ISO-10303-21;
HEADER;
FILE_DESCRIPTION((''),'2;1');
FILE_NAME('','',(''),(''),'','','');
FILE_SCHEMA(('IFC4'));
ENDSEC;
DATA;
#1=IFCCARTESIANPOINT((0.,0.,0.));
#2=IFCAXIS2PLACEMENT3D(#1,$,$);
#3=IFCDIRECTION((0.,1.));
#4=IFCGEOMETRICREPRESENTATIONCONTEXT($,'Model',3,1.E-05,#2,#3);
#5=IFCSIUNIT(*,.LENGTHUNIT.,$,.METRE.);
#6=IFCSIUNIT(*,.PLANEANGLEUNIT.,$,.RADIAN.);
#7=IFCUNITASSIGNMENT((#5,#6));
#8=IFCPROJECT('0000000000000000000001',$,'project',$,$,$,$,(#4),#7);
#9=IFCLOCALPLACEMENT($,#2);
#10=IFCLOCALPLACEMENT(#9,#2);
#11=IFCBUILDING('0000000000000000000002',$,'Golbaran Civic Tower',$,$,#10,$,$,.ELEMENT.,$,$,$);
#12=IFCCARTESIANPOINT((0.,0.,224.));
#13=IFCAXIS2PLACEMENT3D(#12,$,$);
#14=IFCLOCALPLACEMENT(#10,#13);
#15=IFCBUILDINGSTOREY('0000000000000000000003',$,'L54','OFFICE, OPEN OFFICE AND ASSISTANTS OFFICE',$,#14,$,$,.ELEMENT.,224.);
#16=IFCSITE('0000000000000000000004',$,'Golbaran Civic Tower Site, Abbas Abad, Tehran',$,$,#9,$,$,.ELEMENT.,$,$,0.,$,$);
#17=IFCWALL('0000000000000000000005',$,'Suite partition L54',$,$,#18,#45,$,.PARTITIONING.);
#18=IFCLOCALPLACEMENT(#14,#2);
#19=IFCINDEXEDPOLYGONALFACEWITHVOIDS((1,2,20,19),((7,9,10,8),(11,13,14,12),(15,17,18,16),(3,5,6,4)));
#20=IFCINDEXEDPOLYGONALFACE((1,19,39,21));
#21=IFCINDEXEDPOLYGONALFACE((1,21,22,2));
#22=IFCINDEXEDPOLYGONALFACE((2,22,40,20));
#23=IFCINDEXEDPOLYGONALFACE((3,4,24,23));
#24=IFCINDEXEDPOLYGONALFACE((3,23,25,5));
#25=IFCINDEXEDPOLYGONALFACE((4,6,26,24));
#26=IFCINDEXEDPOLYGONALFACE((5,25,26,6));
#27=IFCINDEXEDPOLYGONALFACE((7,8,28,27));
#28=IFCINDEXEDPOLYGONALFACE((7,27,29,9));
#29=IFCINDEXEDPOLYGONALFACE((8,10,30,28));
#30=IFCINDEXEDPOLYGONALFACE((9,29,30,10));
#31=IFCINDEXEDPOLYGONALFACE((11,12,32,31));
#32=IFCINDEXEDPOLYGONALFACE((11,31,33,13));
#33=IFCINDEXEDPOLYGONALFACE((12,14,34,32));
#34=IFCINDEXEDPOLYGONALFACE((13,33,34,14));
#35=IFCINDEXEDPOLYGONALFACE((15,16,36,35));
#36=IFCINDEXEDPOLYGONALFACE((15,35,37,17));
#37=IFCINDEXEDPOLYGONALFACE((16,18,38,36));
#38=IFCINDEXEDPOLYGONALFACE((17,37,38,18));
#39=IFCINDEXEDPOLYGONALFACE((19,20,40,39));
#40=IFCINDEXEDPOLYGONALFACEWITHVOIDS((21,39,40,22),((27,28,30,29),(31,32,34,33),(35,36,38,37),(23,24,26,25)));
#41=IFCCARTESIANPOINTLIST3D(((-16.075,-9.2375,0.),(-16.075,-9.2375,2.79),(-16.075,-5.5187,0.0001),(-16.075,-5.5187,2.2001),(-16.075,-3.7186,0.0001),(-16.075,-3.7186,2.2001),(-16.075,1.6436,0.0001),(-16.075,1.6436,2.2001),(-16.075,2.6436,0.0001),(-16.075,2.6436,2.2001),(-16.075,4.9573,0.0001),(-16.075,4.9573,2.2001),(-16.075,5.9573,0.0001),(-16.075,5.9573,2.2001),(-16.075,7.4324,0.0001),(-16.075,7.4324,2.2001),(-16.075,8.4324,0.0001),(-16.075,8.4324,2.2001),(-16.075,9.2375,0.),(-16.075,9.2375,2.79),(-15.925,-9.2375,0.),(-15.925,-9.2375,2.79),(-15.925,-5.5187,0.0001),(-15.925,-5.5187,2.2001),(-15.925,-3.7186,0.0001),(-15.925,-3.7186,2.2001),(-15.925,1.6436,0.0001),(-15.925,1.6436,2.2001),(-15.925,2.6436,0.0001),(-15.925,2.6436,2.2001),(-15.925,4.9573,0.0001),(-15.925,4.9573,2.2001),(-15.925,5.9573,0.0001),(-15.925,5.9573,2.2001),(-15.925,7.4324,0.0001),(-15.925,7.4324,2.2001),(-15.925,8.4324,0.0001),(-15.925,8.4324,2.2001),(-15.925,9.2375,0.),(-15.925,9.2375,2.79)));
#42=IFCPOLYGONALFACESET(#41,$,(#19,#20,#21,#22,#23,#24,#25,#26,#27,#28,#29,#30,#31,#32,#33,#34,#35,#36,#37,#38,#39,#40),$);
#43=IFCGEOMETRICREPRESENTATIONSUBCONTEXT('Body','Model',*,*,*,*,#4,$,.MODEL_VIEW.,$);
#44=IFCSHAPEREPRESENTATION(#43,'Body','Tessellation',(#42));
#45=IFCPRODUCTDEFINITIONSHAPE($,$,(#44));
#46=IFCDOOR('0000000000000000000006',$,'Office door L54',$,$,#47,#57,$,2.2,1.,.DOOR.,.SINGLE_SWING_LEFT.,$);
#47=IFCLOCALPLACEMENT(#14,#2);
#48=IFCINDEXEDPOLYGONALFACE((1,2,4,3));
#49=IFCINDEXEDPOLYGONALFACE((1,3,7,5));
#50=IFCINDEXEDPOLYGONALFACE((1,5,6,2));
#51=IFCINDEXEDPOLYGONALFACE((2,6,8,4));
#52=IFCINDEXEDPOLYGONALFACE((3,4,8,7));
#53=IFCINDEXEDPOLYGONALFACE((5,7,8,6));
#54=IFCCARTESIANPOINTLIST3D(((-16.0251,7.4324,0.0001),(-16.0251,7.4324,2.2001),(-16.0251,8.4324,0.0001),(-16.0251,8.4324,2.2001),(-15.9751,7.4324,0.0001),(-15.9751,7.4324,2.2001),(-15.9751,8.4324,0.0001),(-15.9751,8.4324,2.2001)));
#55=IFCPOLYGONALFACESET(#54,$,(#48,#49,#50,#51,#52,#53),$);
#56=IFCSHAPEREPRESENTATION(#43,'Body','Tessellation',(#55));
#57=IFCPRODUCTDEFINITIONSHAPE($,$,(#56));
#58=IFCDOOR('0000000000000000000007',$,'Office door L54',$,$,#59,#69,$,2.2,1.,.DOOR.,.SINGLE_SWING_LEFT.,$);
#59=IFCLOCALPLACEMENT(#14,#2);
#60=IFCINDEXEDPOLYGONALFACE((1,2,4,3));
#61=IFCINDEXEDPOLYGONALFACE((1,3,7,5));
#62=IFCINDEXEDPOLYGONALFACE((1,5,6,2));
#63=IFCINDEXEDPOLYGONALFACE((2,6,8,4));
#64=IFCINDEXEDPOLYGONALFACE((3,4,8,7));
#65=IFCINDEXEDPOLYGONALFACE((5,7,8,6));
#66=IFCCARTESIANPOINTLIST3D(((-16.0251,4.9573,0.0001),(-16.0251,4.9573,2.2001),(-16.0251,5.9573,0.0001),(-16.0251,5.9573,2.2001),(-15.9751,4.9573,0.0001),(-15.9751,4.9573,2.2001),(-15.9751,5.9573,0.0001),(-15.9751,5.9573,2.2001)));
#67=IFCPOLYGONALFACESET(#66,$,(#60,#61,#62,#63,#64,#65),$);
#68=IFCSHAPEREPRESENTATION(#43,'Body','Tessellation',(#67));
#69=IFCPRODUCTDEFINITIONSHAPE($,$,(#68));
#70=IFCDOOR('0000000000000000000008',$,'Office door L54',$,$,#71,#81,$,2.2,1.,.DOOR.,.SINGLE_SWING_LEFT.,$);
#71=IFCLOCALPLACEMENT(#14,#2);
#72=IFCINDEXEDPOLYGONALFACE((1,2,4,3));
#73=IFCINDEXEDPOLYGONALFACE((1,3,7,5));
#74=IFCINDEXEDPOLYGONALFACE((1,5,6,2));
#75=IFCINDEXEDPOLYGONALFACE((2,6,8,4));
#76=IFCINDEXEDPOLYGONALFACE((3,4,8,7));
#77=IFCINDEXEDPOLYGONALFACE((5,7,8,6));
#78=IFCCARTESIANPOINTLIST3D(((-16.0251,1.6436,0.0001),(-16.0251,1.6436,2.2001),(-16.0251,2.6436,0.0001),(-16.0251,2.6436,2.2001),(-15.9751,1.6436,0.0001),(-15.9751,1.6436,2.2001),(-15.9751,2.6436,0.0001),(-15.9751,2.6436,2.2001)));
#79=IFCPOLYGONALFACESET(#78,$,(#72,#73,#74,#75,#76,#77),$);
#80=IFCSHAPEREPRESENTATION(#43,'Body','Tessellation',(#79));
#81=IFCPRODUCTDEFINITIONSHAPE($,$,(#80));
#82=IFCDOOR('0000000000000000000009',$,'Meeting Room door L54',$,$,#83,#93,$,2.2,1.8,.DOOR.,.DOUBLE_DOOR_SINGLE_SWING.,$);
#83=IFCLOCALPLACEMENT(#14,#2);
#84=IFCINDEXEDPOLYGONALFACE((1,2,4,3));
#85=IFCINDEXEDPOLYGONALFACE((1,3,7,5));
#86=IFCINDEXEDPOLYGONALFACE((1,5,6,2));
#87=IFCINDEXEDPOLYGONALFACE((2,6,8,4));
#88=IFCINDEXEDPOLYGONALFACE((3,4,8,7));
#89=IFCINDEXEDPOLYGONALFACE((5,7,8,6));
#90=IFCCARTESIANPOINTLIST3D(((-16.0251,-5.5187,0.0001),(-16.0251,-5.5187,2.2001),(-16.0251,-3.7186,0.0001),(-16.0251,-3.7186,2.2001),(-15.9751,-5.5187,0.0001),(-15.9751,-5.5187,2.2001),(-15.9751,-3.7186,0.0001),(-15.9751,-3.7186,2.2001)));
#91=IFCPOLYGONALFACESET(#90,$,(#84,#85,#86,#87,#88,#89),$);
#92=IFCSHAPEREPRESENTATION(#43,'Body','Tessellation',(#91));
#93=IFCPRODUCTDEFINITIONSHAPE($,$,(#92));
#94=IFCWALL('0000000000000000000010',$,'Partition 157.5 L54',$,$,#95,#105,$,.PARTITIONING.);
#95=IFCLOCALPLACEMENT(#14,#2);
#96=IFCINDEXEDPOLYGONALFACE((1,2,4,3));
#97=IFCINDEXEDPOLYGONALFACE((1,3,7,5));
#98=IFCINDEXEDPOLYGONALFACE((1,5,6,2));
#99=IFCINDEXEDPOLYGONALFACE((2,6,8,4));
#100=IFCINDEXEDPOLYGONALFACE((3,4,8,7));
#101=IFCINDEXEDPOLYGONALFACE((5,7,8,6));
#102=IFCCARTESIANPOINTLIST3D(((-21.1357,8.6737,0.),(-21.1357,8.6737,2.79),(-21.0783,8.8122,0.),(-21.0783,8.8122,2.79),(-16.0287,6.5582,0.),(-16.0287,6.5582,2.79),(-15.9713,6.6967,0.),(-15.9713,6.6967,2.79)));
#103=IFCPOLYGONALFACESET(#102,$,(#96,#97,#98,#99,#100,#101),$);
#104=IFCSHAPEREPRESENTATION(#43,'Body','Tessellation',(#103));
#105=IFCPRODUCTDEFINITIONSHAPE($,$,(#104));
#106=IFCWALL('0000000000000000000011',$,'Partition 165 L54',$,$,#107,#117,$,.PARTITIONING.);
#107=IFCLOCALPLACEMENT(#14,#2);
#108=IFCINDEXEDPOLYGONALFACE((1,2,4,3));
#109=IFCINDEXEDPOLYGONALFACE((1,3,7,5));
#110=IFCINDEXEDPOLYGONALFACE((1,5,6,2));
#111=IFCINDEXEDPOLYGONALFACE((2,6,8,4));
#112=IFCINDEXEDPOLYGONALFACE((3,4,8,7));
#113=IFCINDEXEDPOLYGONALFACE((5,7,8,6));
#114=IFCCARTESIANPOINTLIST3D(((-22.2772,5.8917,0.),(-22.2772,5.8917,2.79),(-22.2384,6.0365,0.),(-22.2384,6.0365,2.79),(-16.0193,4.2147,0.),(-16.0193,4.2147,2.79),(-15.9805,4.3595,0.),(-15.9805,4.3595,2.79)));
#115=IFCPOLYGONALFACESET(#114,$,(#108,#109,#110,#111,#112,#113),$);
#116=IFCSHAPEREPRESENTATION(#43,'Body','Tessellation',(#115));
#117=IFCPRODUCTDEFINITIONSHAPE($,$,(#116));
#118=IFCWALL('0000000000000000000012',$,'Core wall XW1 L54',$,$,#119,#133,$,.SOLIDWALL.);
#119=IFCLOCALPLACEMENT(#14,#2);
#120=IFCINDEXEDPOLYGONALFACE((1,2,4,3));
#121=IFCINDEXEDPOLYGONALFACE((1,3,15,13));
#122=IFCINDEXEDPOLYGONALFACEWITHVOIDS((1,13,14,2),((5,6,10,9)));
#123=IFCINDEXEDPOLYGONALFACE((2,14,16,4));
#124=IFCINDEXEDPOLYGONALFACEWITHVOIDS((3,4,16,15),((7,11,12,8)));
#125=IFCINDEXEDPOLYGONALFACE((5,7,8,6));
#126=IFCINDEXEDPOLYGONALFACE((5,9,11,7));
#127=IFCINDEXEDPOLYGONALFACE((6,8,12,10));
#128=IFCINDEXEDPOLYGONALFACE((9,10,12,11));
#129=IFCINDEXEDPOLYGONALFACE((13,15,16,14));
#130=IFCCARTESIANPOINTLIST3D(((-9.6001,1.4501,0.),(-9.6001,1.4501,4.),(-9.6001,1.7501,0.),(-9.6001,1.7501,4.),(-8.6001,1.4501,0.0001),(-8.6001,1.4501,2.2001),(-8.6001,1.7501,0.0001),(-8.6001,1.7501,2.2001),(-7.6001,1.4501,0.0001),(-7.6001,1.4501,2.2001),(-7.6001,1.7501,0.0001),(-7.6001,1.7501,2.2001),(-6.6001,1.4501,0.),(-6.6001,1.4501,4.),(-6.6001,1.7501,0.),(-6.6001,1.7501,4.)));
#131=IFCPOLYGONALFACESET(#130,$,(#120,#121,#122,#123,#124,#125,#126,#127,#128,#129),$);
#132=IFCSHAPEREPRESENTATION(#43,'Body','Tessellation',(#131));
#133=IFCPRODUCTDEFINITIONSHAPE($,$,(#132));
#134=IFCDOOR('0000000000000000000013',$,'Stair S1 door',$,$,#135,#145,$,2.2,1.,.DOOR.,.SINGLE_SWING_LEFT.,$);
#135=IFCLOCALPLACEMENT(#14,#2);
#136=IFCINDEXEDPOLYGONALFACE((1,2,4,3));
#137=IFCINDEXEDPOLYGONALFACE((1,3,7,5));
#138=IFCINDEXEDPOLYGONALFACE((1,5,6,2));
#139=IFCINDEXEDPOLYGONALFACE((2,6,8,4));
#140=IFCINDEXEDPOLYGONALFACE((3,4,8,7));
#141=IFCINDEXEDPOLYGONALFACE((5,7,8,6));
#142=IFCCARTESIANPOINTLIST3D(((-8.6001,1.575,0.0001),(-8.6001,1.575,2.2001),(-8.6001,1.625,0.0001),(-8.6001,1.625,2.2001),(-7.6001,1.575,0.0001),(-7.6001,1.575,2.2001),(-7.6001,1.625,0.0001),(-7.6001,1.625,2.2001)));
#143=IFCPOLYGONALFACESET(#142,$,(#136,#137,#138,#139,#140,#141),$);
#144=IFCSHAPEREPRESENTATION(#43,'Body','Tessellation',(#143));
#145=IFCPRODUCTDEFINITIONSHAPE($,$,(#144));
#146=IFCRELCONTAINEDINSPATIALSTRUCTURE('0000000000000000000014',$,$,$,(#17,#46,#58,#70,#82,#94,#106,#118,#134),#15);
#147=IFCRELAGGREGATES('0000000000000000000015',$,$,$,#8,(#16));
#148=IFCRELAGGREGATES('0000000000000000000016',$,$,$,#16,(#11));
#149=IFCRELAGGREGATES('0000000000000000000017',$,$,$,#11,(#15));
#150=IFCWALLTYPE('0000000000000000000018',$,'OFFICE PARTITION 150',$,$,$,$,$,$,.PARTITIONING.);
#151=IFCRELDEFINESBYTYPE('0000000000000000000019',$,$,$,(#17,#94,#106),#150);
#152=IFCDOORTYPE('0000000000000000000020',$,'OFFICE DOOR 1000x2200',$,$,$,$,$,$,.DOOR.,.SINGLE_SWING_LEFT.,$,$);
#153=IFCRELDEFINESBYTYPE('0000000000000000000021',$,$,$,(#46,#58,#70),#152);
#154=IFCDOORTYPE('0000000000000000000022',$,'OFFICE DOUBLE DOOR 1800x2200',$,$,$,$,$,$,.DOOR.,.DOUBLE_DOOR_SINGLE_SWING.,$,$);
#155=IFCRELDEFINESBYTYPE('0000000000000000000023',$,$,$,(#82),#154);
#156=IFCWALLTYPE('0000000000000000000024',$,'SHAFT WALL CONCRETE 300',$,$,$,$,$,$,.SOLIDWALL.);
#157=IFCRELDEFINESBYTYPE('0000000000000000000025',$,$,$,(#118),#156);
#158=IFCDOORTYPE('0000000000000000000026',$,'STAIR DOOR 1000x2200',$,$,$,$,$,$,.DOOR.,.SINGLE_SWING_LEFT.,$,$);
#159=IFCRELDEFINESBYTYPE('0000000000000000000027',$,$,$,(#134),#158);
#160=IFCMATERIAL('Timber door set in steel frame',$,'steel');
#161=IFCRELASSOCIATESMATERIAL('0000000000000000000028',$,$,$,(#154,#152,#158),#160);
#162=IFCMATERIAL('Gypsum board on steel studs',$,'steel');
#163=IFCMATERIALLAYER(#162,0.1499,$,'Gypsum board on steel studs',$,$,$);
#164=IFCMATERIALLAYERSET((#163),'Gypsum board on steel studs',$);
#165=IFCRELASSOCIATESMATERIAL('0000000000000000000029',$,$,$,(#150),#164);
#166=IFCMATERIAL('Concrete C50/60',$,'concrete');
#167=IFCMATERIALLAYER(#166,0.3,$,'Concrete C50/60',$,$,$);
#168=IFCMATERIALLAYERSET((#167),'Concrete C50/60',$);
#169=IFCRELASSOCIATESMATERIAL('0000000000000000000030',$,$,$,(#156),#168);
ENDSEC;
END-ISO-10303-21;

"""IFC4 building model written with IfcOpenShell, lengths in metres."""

from ifc_helpers import new_model, si_unit, direction, frame, frame_2d, origin, place, context, subcontext, project, spatial, rectangle, extrude, material, layer, layer_set, type_object, element, fill, save


model = new_model("IFC4")

# Units and contexts
model_context = context("Model", 3, precision=1e-05, world=origin(), true_north=direction((0.0, 1.0)))
body_context = subcontext(model_context, "Body", "Model", "MODEL_VIEW")
ifc_project = project(units=[si_unit("LENGTHUNIT", "METRE"), si_unit("PLANEANGLEUNIT", "RADIAN")], contexts=[model_context])

# Site, building, storey
site_placement = place(None, origin())
site = spatial("IfcSite", under=ifc_project, at=site_placement, Name="Golbaran Civic Tower Site, Abbas Abad, Tehran", CompositionType="ELEMENT", RefElevation=0.0)
building_placement = place(site_placement, origin())
building = spatial("IfcBuilding", under=site, at=building_placement, Name="Golbaran Civic Tower", CompositionType="ELEMENT")
storey_placement = place(building_placement, frame((0.0, 0.0, 224.0)))
storey = spatial("IfcBuildingStorey", under=building, at=storey_placement, Name="L54", Description="OFFICE, OPEN OFFICE AND ASSISTANTS OFFICE", CompositionType="ELEMENT", Elevation=224.0)

# Shared definitions
ifc_material_1 = material(Name="Concrete C50/60", Category="concrete")
ifc_material_2 = material(Name="Timber door set in steel frame", Category="steel")

# Shared definitions
door_type_1 = type_object("IfcDoorType", Name="OFFICE DOUBLE DOOR 1800x2200", OperationType="DOUBLE_DOOR_SINGLE_SWING", PredefinedType="DOOR", material=ifc_material_2)

# Shared definitions
ifc_material_3 = material(Name="Gypsum board on steel studs", Category="steel")
ifc_layer_1 = layer(ifc_material_3, 0.1499, Name="Gypsum board on steel studs")
ifc_layer_set_1 = layer_set([ifc_layer_1], Name="Gypsum board on steel studs")
wall_type_1 = type_object("IfcWallType", Name="OFFICE PARTITION 150", PredefinedType="PARTITIONING", material=ifc_layer_set_1)

# Wall, openings, doors
wall_1_placement = place(storey_placement, frame((-16.0, 9.2375, 0.0), z_axis=(0.0, 0.0, 1.0), x_axis=(0.0, -1.0, 0.0)))
wall_1 = element("IfcWall", 1, at=wall_1_placement, inside=storey, type_object=wall_type_1, Name="Suite partition L54", PredefinedType="PARTITIONING", context=body_context, shape_type="SweptSolid", body=[
    extrude(rectangle(XDim=18.4751, YDim=0.1499, at=frame_2d((9.2375, 0.0))), origin(), (0.0, 0.0, 1.0), 2.79),
])
opening_1_placement = place(wall_1_placement, frame((0.8052, 0.0, 0.0)))
opening_1 = element("IfcOpeningElement", 2, at=opening_1_placement, cuts=wall_1, PredefinedType="OPENING", context=body_context, shape_type="SweptSolid", body=[
    extrude(rectangle(XDim=1.0, YDim=2.2, at=frame_2d((0.5, 1.1001))), frame((0.0, 0.085, 0.0), z_axis=(0.0, -1.0, 0.0), x_axis=(1.0, 0.0, 0.0)), (0.0, 0.0, 1.0), 0.1699),
])
opening_2_placement = place(wall_1_placement, frame((3.2803, 0.0, 0.0)))
opening_2 = element("IfcOpeningElement", 3, at=opening_2_placement, cuts=wall_1, PredefinedType="OPENING", context=body_context, shape_type="SweptSolid", body=[
    extrude(rectangle(XDim=1.0, YDim=2.2, at=frame_2d((0.5, 1.1001))), frame((0.0, 0.085, 0.0), z_axis=(0.0, -1.0, 0.0), x_axis=(1.0, 0.0, 0.0)), (0.0, 0.0, 1.0), 0.1699),
])
opening_3_placement = place(wall_1_placement, frame((6.594, 0.0, 0.0)))
opening_3 = element("IfcOpeningElement", 4, at=opening_3_placement, cuts=wall_1, PredefinedType="OPENING", context=body_context, shape_type="SweptSolid", body=[
    extrude(rectangle(XDim=1.0, YDim=2.2, at=frame_2d((0.5, 1.1001))), frame((0.0, 0.085, 0.0), z_axis=(0.0, -1.0, 0.0), x_axis=(1.0, 0.0, 0.0)), (0.0, 0.0, 1.0), 0.1699),
])
opening_4_placement = place(wall_1_placement, frame((12.9563, 0.0, 0.0)))
opening_4 = element("IfcOpeningElement", 5, at=opening_4_placement, cuts=wall_1, PredefinedType="OPENING", context=body_context, shape_type="SweptSolid", body=[
    extrude(rectangle(XDim=1.8, YDim=2.2, at=frame_2d((0.8999, 1.1001))), frame((0.0, 0.085, 0.0), z_axis=(0.0, -1.0, 0.0), x_axis=(1.0, 0.0, 0.0)), (0.0, 0.0, 1.0), 0.1699),
])
door_type_2 = type_object("IfcDoorType", Name="OFFICE DOOR 1000x2200", OperationType="SINGLE_SWING_LEFT", PredefinedType="DOOR", material=ifc_material_2)
door_1_placement = place(opening_1_placement, origin())
door_1 = element("IfcDoor", 6, at=door_1_placement, inside=storey, type_object=door_type_2, Name="Office door L54", OperationType="SINGLE_SWING_LEFT", OverallHeight=2.2, OverallWidth=1.0, PredefinedType="DOOR", context=body_context, shape_type="SweptSolid", body=[
    extrude(rectangle(XDim=1.0, YDim=2.2, at=frame_2d((0.5, 1.1001))), frame((0.0, 0.0249, 0.0), z_axis=(0.0, -1.0, 0.0), x_axis=(1.0, 0.0, 0.0)), (0.0, 0.0, 1.0), 0.05),
])
fill(opening_1, door_1)
door_2_placement = place(opening_2_placement, origin())
door_2 = element("IfcDoor", 7, at=door_2_placement, inside=storey, type_object=door_type_2, Name="Office door L54", OperationType="SINGLE_SWING_LEFT", OverallHeight=2.2, OverallWidth=1.0, PredefinedType="DOOR", context=body_context, shape_type="SweptSolid", body=[
    extrude(rectangle(XDim=1.0, YDim=2.2, at=frame_2d((0.5, 1.1001))), frame((0.0, 0.0249, 0.0), z_axis=(0.0, -1.0, 0.0), x_axis=(1.0, 0.0, 0.0)), (0.0, 0.0, 1.0), 0.05),
])
fill(opening_2, door_2)
door_3_placement = place(opening_3_placement, origin())
door_3 = element("IfcDoor", 8, at=door_3_placement, inside=storey, type_object=door_type_2, Name="Office door L54", OperationType="SINGLE_SWING_LEFT", OverallHeight=2.2, OverallWidth=1.0, PredefinedType="DOOR", context=body_context, shape_type="SweptSolid", body=[
    extrude(rectangle(XDim=1.0, YDim=2.2, at=frame_2d((0.5, 1.1001))), frame((0.0, 0.0249, 0.0), z_axis=(0.0, -1.0, 0.0), x_axis=(1.0, 0.0, 0.0)), (0.0, 0.0, 1.0), 0.05),
])
fill(opening_3, door_3)
door_4_placement = place(opening_4_placement, origin())
door_4 = element("IfcDoor", 9, at=door_4_placement, inside=storey, type_object=door_type_1, Name="Meeting Room door L54", OperationType="DOUBLE_DOOR_SINGLE_SWING", OverallHeight=2.2, OverallWidth=1.8, PredefinedType="DOOR", context=body_context, shape_type="SweptSolid", body=[
    extrude(rectangle(XDim=1.8, YDim=2.2, at=frame_2d((0.8999, 1.1001))), frame((0.0, 0.0249, 0.0), z_axis=(0.0, -1.0, 0.0), x_axis=(1.0, 0.0, 0.0)), (0.0, 0.0, 1.0), 0.05),
])
fill(opening_4, door_4)

# Walls
wall_2_placement = place(storey_placement, frame((-16.0, 6.6274, 0.0), z_axis=(0.0, 0.0, 1.0), x_axis=(-0.923872, 0.382702, 0.0)))
element("IfcWall", 10, at=wall_2_placement, inside=storey, type_object=wall_type_1, Name="Partition 157.5 L54", PredefinedType="PARTITIONING", context=body_context, shape_type="SweptSolid", body=[
    extrude(rectangle(XDim=5.5278, YDim=0.1499, at=frame_2d((2.7639, 0.0))), origin(), (0.0, 0.0, 1.0), 2.79),
])
wall_3_placement = place(storey_placement, frame((-16.0, 4.2871, 0.0), z_axis=(0.0, 0.0, 1.0), x_axis=(-0.96592, 0.258842, 0.0)))
element("IfcWall", 11, at=wall_3_placement, inside=storey, type_object=wall_type_1, Name="Partition 165 L54", PredefinedType="PARTITIONING", context=body_context, shape_type="SweptSolid", body=[
    extrude(rectangle(XDim=6.4788, YDim=0.1499, at=frame_2d((3.2393, 0.0))), origin(), (0.0, 0.0, 1.0), 2.79),
])

# Wall, opening, door
ifc_layer_2 = layer(ifc_material_1, 0.3, Name="Concrete C50/60")
ifc_layer_set_2 = layer_set([ifc_layer_2], Name="Concrete C50/60")
wall_type_2 = type_object("IfcWallType", Name="SHAFT WALL CONCRETE 300", PredefinedType="SOLIDWALL", material=ifc_layer_set_2)
wall_4_placement = place(storey_placement, frame((-9.6001, 1.6001, 0.0), z_axis=(0.0, 0.0, 1.0), x_axis=(1.0, 0.0, 0.0)))
wall_4 = element("IfcWall", 12, at=wall_4_placement, inside=storey, type_object=wall_type_2, Name="Core wall XW1 L54", PredefinedType="SOLIDWALL", context=body_context, shape_type="SweptSolid", body=[
    extrude(rectangle(XDim=3.0, YDim=0.3, at=frame_2d((1.5, 0.0))), origin(), (0.0, 0.0, 1.0), 4.0),
])
opening_5_placement = place(wall_4_placement, frame((1.0, 0.0, 0.0)))
opening_5 = element("IfcOpeningElement", 13, at=opening_5_placement, cuts=wall_4, PredefinedType="OPENING", context=body_context, shape_type="SweptSolid", body=[
    extrude(rectangle(XDim=1.0, YDim=2.2, at=frame_2d((0.5, 1.1001))), frame((0.0, 0.1599, 0.0), z_axis=(0.0, -1.0, 0.0), x_axis=(1.0, 0.0, 0.0)), (0.0, 0.0, 1.0), 0.3201),
])
door_type_3 = type_object("IfcDoorType", Name="STAIR DOOR 1000x2200", OperationType="SINGLE_SWING_LEFT", PredefinedType="DOOR", material=ifc_material_2)
door_5_placement = place(opening_5_placement, origin())
door_5 = element("IfcDoor", 14, at=door_5_placement, inside=storey, type_object=door_type_3, Name="Stair S1 door", OperationType="SINGLE_SWING_LEFT", OverallHeight=2.2, OverallWidth=1.0, PredefinedType="DOOR", context=body_context, shape_type="SweptSolid", body=[
    extrude(rectangle(XDim=1.0, YDim=2.2, at=frame_2d((0.5, 1.1001))), frame((0.0, 0.0249, 0.0), z_axis=(0.0, -1.0, 0.0), x_axis=(1.0, 0.0, 0.0)), (0.0, 0.0, 1.0), 0.05),
])
fill(opening_5, door_5)

save(model, "model.ifc")
